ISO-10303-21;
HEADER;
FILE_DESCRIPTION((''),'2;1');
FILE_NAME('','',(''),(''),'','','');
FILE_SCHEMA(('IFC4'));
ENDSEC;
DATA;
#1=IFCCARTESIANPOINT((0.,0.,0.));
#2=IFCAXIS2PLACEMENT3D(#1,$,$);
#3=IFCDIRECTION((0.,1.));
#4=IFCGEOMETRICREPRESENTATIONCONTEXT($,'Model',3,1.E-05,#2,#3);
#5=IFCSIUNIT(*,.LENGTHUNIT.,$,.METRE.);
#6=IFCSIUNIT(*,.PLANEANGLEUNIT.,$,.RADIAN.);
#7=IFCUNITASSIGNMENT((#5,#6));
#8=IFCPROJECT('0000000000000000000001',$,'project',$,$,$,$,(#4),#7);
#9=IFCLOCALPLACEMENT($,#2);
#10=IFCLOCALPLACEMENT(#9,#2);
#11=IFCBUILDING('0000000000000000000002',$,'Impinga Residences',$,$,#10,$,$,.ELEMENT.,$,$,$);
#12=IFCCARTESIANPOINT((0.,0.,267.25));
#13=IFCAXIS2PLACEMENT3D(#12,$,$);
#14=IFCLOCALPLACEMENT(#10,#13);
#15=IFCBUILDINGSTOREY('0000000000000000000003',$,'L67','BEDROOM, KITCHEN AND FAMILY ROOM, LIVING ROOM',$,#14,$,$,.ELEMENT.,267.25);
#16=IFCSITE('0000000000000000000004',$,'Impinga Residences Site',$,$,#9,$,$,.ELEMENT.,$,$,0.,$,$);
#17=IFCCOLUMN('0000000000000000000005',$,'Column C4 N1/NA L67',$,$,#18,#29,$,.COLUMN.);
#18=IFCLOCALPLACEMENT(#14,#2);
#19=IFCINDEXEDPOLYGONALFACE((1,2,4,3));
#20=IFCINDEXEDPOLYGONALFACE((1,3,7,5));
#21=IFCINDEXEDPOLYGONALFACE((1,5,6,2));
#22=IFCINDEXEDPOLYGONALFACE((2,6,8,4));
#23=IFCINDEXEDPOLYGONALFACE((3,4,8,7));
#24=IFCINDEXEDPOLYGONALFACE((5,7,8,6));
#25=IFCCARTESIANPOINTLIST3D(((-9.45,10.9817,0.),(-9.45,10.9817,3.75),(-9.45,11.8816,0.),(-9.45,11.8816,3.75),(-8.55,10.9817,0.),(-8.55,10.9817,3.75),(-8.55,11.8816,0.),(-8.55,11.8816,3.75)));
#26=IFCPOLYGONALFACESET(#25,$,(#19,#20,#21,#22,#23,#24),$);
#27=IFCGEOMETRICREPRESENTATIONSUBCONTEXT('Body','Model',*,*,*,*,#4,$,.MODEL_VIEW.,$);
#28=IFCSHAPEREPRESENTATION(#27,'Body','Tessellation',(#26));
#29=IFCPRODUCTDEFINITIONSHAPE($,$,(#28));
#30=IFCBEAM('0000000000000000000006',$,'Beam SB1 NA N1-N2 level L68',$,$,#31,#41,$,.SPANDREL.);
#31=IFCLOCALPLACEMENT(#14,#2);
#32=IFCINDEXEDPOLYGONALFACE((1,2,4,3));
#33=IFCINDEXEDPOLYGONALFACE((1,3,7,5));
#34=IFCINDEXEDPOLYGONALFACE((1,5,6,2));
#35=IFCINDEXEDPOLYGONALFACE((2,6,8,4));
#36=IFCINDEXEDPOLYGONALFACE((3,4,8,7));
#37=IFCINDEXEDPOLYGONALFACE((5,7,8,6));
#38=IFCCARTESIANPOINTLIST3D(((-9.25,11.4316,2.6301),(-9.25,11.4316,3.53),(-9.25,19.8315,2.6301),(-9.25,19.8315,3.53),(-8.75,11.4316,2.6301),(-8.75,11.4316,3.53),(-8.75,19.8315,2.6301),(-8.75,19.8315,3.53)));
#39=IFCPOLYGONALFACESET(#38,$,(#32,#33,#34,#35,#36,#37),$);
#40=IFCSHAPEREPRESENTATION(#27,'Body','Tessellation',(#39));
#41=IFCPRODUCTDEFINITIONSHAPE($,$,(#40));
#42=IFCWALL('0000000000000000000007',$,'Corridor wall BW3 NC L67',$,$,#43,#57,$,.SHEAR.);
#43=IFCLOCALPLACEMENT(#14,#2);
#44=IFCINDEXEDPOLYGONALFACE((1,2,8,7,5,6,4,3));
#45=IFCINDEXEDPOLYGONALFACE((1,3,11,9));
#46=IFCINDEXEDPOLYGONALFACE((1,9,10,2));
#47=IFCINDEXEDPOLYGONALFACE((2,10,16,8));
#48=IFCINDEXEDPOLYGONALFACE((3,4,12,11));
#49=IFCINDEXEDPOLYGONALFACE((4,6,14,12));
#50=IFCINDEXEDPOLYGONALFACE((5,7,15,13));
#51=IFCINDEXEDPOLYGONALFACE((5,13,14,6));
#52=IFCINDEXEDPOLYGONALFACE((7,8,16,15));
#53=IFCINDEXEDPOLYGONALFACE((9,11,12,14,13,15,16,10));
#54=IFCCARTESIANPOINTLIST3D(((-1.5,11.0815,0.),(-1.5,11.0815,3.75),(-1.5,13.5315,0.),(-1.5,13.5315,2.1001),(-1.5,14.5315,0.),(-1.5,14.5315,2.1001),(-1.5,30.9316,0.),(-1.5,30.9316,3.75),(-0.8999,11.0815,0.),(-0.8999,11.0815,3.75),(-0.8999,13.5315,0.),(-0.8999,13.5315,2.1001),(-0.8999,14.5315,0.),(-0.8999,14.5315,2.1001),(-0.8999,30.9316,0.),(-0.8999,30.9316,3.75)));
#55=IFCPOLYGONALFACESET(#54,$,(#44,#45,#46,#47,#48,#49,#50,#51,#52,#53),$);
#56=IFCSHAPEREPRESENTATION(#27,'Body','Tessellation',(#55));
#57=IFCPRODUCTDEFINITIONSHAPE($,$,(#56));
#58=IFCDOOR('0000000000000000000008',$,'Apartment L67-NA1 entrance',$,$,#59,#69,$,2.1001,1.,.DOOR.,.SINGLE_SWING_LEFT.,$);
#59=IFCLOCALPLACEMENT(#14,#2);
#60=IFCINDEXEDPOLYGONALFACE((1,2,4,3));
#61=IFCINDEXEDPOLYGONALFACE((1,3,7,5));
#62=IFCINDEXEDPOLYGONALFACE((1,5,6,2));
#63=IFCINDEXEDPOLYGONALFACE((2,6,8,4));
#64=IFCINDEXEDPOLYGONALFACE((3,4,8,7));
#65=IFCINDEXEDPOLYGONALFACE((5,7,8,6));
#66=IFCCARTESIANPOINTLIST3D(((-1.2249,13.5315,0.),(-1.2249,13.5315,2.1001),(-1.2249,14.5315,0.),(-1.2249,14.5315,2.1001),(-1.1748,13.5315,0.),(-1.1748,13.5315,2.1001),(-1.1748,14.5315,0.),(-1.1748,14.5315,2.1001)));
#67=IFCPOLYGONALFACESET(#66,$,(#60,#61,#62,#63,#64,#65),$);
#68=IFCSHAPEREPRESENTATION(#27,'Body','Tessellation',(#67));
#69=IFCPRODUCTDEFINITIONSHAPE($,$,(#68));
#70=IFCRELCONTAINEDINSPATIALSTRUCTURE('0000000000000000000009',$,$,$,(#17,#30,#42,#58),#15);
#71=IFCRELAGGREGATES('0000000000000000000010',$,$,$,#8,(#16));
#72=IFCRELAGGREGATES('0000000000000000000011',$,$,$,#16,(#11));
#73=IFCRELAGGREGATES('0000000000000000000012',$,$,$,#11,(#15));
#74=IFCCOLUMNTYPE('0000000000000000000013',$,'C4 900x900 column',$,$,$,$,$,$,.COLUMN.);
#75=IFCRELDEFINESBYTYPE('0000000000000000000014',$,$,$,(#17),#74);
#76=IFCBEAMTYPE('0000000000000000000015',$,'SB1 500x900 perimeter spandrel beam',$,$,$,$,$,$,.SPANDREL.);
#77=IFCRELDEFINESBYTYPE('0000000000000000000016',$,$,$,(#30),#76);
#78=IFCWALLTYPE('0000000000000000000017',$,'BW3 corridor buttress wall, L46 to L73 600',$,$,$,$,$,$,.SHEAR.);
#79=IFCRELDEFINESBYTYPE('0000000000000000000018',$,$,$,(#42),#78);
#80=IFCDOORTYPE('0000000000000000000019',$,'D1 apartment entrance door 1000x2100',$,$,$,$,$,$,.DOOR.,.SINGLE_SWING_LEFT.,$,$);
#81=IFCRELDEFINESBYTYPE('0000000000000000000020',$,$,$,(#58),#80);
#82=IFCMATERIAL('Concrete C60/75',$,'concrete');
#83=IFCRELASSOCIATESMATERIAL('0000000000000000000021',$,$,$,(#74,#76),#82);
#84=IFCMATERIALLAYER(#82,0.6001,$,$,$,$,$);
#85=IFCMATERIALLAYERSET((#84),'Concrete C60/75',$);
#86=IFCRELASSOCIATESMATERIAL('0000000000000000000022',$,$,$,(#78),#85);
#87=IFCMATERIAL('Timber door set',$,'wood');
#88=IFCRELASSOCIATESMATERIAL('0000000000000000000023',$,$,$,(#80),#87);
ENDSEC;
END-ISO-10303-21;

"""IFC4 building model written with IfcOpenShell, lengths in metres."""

from ifc_helpers import new_model, si_unit, direction, frame, frame_2d, origin, origin_2d, place, context, subcontext, project, spatial, rectangle, extrude, material, layer, layer_set, material_profile, profile_set, type_object, element, fill, save


model = new_model("IFC4")

# Units and contexts
model_context = context("Model", 3, precision=1e-05, world=origin(), true_north=direction((0.0, 1.0)))
body_context = subcontext(model_context, "Body", "Model", "MODEL_VIEW")
ifc_project = project(units=[si_unit("LENGTHUNIT", "METRE"), si_unit("PLANEANGLEUNIT", "RADIAN")], contexts=[model_context])

# Site, building, storey
site_placement = place(None, origin())
site = spatial("IfcSite", under=ifc_project, at=site_placement, Name="Impinga Residences Site", CompositionType="ELEMENT", RefElevation=0.0)
building_placement = place(site_placement, origin())
building = spatial("IfcBuilding", under=site, at=building_placement, Name="Impinga Residences", CompositionType="ELEMENT")
storey_placement = place(building_placement, frame((0.0, 0.0, 267.25)))
storey = spatial("IfcBuildingStorey", under=building, at=storey_placement, Name="L67", Description="BEDROOM, KITCHEN AND FAMILY ROOM, LIVING ROOM", CompositionType="ELEMENT", Elevation=267.25)

# Column
ifc_material_1 = material(Name="Concrete C60/75", Category="concrete")
ifc_material_profile_1 = material_profile(ifc_material_1, rectangle(XDim=0.8999, YDim=0.8999, at=origin_2d()), Name="RC 900x900")
ifc_profile_set_1 = profile_set([ifc_material_profile_1], Name="Concrete C60/75")
column_type = type_object("IfcColumnType", Name="C4 900x900 column", PredefinedType="COLUMN", material=ifc_profile_set_1)
column_placement = place(storey_placement, frame((-9.0, 11.4316, 0.0), z_axis=(0.0, 0.0, 1.0), x_axis=(1.0, 0.0, 0.0)))
element("IfcColumn", 1, at=column_placement, inside=storey, type_object=column_type, Name="Column C4 N1/NA L67", PredefinedType="COLUMN", context=body_context, shape_type="SweptSolid", body=[
    extrude(rectangle(XDim=0.8999, YDim=0.8999, at=origin_2d()), origin(), (0.0, 0.0, 1.0), 3.75),
])

# Beam
ifc_material_profile_2 = material_profile(ifc_material_1, rectangle(XDim=0.5, YDim=0.8999, at=origin_2d()), Name="RC 500x900")
ifc_profile_set_2 = profile_set([ifc_material_profile_2], Name="Concrete C60/75")
beam_type = type_object("IfcBeamType", Name="SB1 500x900 perimeter spandrel beam", PredefinedType="SPANDREL", material=ifc_profile_set_2)
beam_placement = place(storey_placement, frame((-9.0, 11.4316, 3.0801), z_axis=(0.0, 1.0, 0.0), x_axis=(-1.0, 0.0, 0.0)))
element("IfcBeam", 2, at=beam_placement, inside=storey, type_object=beam_type, Name="Beam SB1 NA N1-N2 level L68", PredefinedType="SPANDREL", context=body_context, shape_type="SweptSolid", body=[
    extrude(rectangle(XDim=0.5, YDim=0.8999, at=origin_2d()), origin(), (0.0, 0.0, 1.0), 8.3999),
])

# Wall, opening, door
ifc_layer_1 = layer(ifc_material_1, 0.6001)
ifc_layer_set_1 = layer_set([ifc_layer_1], Name="Concrete C60/75")
wall_type_1 = type_object("IfcWallType", Name="BW3 corridor buttress wall, L46 to L73 600", PredefinedType="SHEAR", material=ifc_layer_set_1)
wall_1_placement = place(storey_placement, frame((-1.2, 11.0815, 0.0), z_axis=(0.0, 0.0, 1.0), x_axis=(0.0, 1.0, 0.0)))
wall_1 = element("IfcWall", 3, at=wall_1_placement, inside=storey, type_object=wall_type_1, Name="Corridor wall BW3 NC L67", PredefinedType="SHEAR", context=body_context, shape_type="SweptSolid", body=[
    extrude(rectangle(XDim=19.8501, YDim=0.6001, at=frame_2d((9.925, 0.0))), origin(), (0.0, 0.0, 1.0), 3.75),
])
opening_1_placement = place(wall_1_placement, frame((2.45, 0.0, 0.0)))
opening_1 = element("IfcOpeningElement", 4, at=opening_1_placement, cuts=wall_1, PredefinedType="OPENING", context=body_context, shape_type="SweptSolid", body=[
    extrude(rectangle(XDim=1.0, YDim=2.1001, at=frame_2d((0.5, 1.05))), frame((0.0, 0.3101, 0.0), z_axis=(0.0, -1.0, 0.0), x_axis=(1.0, 0.0, 0.0)), (0.0, 0.0, 1.0), 0.6201),
])
ifc_material_2 = material(Name="Timber door set", Category="wood")
door_type_1 = type_object("IfcDoorType", Name="D1 apartment entrance door 1000x2100", OperationType="SINGLE_SWING_LEFT", PredefinedType="DOOR", material=ifc_material_2)
door_1_placement = place(opening_1_placement, origin())
door_1 = element("IfcDoor", 5, at=door_1_placement, inside=storey, type_object=door_type_1, Name="Apartment L67-NA1 entrance", OperationType="SINGLE_SWING_LEFT", OverallHeight=2.1001, OverallWidth=1.0, PredefinedType="DOOR", context=body_context, shape_type="SweptSolid", body=[
    extrude(rectangle(XDim=1.0, YDim=2.1001, at=frame_2d((0.5, 1.05))), frame((0.0, 0.0249, 0.0), z_axis=(0.0, -1.0, 0.0), x_axis=(1.0, 0.0, 0.0)), (0.0, 0.0, 1.0), 0.05),
])
fill(opening_1, door_1)

save(model, "model.ifc")
